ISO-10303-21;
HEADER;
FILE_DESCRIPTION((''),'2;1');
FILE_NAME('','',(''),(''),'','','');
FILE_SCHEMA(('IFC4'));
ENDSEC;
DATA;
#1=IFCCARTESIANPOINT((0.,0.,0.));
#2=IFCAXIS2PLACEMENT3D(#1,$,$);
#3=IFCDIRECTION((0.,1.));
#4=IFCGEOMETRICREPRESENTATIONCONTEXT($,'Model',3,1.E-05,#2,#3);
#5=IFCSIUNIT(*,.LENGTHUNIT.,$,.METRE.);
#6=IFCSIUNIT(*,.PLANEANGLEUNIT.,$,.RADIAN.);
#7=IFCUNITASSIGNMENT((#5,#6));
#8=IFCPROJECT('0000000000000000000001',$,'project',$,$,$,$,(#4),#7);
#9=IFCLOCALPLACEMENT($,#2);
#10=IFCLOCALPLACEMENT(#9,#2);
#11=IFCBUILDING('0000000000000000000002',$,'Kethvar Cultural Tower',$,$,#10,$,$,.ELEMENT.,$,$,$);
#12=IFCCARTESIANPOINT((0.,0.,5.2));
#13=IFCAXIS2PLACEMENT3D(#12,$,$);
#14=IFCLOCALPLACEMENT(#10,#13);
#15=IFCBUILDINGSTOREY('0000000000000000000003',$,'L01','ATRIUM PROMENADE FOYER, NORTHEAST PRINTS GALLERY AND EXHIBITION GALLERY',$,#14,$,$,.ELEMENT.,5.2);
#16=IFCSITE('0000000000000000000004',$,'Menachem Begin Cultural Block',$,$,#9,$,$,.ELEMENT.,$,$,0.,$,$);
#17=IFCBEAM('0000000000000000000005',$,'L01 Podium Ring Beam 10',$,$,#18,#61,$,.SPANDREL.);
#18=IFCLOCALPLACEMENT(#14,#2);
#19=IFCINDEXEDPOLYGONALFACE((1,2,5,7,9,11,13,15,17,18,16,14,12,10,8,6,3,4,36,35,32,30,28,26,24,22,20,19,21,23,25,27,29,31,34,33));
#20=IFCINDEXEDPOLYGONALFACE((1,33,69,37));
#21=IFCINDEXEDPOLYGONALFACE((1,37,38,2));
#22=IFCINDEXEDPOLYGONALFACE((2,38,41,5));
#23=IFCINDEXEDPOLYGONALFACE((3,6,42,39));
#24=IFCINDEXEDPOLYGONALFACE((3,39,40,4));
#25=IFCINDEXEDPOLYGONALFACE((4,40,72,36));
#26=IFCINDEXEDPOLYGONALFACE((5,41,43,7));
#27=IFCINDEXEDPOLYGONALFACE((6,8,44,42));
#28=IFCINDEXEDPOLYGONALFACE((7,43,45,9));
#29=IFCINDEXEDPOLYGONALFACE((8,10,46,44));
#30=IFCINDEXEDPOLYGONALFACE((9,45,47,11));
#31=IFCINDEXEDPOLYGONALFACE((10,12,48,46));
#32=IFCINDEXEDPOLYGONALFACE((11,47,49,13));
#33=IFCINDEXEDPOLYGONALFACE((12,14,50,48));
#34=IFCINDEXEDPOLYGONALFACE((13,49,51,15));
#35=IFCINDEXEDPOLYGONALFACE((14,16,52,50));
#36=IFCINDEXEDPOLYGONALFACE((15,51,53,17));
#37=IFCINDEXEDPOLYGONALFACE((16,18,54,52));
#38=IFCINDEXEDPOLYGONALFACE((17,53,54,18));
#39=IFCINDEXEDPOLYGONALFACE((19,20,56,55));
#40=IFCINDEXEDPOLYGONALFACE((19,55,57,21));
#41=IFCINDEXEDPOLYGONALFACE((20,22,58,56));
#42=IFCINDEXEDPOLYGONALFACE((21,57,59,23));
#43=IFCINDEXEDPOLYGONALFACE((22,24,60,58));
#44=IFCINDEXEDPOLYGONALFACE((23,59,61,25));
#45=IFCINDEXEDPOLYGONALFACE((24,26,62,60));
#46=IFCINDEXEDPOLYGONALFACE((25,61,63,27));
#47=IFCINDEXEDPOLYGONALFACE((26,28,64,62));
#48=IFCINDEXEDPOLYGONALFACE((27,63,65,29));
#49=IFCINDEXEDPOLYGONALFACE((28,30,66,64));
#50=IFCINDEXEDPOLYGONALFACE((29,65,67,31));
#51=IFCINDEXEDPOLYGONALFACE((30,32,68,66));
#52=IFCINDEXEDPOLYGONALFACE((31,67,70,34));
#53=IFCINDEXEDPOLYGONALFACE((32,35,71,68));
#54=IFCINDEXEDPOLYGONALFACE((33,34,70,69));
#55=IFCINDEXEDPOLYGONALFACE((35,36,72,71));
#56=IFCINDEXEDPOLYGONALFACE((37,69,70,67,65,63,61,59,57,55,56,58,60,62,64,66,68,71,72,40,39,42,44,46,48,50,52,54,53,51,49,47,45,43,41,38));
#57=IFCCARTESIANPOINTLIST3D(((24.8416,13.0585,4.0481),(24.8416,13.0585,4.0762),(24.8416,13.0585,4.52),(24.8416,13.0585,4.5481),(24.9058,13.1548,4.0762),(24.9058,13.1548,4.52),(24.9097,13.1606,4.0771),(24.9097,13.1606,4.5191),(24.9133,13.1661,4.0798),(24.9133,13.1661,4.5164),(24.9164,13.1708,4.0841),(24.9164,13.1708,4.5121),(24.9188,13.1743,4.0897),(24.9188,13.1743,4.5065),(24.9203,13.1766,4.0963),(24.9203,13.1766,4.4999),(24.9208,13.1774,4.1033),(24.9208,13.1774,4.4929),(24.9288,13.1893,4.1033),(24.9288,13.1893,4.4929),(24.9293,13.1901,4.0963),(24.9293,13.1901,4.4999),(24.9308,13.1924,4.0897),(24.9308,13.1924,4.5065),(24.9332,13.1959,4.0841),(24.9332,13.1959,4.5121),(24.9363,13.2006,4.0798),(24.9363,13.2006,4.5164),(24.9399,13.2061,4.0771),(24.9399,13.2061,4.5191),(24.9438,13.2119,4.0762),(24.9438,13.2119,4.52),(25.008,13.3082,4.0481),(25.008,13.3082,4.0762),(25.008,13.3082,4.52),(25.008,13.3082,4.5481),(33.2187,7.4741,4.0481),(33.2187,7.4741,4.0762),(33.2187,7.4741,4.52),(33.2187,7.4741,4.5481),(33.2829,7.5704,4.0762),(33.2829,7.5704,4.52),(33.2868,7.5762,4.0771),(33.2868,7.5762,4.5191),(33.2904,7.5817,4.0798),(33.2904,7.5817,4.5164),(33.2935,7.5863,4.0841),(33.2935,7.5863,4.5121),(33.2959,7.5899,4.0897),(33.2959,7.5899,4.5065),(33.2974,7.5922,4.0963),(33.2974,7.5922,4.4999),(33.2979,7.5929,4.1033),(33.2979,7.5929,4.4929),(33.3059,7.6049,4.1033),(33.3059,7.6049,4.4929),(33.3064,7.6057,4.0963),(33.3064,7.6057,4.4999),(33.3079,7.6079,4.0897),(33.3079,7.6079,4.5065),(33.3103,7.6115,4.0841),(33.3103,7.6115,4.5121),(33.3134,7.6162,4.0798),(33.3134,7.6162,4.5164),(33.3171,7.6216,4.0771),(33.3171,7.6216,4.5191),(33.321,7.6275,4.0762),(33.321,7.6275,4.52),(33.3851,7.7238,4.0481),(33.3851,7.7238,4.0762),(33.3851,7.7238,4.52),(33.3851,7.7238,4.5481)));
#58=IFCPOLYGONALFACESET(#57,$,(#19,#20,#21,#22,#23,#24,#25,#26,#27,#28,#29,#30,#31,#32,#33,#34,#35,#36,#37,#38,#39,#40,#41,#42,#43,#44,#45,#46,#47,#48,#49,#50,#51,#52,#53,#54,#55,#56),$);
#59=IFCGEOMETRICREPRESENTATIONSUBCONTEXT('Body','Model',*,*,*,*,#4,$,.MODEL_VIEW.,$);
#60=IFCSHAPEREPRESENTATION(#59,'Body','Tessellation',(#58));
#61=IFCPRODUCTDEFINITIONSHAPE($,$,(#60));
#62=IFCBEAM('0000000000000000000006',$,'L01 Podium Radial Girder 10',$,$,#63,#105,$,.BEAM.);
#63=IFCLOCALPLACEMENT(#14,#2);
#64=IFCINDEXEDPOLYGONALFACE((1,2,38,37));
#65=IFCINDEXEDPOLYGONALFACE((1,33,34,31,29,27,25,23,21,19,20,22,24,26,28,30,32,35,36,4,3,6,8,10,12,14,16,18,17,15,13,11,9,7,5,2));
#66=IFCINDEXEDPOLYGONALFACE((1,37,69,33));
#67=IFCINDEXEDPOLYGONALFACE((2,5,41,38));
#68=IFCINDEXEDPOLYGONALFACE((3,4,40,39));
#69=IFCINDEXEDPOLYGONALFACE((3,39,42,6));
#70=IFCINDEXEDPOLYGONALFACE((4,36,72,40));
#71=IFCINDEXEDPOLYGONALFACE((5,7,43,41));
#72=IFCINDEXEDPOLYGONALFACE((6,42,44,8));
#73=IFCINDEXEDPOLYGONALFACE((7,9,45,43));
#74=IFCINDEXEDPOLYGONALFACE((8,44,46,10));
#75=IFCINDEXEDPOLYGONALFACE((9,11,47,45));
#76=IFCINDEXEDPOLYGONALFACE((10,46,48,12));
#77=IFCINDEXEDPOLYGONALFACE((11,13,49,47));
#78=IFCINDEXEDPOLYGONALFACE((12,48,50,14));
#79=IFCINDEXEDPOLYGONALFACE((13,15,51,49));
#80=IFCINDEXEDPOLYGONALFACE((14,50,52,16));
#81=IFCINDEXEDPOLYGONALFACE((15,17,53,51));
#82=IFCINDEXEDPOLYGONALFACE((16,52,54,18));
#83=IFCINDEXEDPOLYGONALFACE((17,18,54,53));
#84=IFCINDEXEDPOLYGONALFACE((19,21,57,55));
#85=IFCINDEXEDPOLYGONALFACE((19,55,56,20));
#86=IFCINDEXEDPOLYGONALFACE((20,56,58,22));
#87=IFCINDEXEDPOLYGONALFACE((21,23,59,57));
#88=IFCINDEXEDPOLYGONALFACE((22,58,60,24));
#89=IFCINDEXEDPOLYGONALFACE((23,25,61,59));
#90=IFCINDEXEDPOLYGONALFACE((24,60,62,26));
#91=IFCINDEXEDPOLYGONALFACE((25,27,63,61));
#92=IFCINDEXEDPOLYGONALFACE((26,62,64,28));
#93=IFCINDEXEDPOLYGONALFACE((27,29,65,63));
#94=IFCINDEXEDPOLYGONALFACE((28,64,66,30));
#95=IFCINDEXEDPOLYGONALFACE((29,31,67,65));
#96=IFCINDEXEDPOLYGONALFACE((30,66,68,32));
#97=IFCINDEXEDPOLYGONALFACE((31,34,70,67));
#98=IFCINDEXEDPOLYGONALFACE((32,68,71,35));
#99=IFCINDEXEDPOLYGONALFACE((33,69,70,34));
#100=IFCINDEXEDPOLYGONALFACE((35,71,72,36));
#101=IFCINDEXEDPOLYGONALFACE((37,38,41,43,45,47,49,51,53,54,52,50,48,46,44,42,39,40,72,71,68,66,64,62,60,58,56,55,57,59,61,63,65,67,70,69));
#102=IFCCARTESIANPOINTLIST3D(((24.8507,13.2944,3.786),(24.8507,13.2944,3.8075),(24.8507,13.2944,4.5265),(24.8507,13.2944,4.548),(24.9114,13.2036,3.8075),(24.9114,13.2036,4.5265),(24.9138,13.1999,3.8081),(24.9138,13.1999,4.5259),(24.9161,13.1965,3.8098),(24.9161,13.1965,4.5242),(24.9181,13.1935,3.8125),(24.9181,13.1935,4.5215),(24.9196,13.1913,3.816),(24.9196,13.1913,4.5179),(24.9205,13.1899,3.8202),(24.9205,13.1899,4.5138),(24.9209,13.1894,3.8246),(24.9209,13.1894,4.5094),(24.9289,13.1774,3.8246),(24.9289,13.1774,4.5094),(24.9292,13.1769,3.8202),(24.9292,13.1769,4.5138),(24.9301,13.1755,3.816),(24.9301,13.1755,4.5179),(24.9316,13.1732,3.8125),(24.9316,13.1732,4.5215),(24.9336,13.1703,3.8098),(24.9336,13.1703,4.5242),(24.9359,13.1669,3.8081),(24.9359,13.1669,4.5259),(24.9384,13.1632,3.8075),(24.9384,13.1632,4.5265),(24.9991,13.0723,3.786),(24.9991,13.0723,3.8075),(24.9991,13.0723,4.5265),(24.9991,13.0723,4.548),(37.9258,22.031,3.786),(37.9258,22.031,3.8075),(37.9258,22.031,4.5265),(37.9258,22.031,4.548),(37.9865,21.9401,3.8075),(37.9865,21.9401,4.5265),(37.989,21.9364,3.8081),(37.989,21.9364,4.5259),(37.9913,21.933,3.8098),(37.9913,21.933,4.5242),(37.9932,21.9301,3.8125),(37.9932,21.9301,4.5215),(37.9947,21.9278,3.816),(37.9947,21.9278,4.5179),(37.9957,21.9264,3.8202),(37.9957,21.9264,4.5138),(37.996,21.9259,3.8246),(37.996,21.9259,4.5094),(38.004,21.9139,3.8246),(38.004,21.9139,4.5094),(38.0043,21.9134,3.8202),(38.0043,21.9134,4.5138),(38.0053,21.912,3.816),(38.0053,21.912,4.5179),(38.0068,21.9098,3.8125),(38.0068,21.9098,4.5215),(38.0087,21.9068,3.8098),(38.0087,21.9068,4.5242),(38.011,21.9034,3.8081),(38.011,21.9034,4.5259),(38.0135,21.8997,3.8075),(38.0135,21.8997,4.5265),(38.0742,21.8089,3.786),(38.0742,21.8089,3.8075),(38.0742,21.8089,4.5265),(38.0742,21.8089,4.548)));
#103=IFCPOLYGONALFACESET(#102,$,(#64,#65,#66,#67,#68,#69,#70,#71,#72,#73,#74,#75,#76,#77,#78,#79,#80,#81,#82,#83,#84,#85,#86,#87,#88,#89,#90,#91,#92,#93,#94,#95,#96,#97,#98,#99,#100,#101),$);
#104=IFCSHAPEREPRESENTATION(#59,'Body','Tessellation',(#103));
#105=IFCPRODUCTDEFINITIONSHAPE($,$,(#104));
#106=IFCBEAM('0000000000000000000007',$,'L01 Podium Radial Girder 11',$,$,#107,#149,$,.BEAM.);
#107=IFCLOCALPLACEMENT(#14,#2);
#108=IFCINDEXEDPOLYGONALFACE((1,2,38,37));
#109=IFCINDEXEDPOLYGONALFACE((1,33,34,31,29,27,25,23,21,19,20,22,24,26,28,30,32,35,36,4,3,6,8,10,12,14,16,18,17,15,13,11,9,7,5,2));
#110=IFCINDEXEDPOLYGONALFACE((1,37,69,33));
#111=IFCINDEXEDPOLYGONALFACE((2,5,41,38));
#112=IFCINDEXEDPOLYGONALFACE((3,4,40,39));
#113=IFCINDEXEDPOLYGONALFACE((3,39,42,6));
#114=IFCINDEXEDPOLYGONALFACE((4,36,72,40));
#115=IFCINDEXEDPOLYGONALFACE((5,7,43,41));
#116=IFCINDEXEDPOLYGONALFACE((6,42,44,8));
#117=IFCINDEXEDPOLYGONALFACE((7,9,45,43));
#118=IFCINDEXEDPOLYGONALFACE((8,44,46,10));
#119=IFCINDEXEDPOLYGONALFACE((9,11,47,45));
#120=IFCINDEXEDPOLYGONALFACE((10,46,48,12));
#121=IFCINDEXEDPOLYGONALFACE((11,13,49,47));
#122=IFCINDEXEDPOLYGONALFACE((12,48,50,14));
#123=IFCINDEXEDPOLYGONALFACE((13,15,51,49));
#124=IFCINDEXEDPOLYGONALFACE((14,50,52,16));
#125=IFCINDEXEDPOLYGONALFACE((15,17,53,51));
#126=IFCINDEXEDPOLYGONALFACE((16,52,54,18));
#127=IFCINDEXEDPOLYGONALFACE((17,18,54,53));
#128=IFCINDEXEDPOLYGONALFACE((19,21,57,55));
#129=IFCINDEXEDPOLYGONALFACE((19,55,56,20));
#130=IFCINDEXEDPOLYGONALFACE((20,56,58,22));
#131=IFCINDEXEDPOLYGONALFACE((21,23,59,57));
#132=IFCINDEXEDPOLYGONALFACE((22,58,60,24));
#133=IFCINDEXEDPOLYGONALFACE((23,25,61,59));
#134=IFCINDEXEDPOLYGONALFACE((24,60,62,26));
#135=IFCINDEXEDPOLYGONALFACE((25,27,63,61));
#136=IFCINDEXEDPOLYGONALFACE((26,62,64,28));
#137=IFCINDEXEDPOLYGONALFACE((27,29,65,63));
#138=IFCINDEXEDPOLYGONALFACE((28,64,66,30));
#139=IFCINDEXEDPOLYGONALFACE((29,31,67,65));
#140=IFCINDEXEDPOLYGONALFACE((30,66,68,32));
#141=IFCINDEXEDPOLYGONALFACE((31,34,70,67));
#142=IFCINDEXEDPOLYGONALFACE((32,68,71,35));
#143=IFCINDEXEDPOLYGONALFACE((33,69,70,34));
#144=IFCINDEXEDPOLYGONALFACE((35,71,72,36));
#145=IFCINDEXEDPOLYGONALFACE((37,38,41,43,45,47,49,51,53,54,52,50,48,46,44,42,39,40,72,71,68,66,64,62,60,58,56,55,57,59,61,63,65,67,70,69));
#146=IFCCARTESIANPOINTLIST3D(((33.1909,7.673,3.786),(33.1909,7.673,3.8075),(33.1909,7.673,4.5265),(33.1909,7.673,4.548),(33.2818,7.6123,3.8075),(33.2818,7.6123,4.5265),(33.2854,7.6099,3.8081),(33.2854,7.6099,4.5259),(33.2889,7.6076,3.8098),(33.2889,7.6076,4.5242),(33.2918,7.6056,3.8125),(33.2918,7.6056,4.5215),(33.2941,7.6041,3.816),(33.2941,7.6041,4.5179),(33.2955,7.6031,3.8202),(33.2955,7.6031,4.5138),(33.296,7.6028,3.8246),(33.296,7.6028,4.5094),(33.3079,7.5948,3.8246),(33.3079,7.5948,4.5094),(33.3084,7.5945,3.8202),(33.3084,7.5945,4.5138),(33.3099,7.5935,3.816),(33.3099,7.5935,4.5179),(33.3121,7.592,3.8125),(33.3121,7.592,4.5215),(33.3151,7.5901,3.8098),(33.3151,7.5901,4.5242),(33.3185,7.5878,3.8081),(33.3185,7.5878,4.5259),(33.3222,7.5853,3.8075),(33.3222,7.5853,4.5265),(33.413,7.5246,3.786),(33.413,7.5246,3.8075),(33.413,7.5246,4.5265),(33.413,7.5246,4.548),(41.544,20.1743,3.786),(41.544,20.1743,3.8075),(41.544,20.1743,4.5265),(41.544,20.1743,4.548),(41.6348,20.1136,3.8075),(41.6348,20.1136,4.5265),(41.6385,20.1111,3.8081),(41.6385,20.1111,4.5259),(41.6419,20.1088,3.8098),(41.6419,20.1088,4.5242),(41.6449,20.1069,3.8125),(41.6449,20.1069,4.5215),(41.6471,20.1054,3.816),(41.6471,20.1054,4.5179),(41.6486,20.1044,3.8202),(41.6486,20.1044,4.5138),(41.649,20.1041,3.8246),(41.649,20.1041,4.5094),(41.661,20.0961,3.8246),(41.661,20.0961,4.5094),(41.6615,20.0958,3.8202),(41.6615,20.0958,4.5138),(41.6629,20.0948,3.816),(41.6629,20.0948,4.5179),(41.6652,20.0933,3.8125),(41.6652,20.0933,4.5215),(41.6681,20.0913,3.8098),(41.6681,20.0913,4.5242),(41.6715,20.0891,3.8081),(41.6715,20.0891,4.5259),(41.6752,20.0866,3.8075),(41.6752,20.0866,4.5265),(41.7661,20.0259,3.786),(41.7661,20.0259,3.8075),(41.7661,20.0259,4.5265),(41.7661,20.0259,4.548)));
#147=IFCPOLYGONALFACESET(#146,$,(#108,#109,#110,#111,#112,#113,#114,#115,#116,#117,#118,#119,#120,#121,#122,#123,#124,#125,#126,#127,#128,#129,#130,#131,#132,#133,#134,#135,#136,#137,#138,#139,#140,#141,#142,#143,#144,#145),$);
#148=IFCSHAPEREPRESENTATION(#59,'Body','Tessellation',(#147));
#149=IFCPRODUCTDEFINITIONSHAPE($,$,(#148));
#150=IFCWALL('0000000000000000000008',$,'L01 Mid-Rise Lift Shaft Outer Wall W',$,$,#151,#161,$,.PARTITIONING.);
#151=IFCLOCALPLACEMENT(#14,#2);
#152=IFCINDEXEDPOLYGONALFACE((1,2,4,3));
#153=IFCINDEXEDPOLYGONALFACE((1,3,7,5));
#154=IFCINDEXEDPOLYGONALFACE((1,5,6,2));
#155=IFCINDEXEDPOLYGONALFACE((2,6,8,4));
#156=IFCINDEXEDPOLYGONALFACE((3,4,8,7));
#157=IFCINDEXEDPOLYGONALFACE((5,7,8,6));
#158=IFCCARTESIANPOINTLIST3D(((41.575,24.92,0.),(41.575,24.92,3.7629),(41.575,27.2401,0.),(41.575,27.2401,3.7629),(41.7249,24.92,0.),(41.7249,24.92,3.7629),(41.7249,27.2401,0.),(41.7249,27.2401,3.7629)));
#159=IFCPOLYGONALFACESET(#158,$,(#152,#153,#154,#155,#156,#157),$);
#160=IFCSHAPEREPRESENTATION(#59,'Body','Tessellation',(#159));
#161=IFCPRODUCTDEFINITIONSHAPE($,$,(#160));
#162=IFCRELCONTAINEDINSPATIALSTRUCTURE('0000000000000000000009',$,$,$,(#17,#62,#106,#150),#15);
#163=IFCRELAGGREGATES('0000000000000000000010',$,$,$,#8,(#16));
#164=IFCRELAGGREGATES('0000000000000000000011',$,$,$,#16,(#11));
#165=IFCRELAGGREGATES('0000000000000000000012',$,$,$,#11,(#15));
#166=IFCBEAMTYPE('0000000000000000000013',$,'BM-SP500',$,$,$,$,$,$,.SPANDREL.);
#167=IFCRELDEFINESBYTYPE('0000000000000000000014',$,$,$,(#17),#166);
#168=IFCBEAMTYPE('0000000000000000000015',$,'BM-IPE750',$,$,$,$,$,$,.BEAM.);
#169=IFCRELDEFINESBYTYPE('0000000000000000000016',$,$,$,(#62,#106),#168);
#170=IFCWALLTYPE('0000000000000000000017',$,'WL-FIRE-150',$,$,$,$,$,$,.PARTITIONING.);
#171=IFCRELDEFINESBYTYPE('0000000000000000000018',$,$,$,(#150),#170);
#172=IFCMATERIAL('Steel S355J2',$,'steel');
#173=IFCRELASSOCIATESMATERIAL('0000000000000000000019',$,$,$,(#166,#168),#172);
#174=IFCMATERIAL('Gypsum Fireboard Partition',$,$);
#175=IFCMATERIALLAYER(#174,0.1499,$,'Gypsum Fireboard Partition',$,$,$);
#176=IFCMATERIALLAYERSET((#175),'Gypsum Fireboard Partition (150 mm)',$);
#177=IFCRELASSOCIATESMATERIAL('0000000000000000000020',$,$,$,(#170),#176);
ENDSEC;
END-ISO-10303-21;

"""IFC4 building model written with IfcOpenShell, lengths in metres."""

from ifc_helpers import new_model, si_unit, direction, frame, frame_2d, origin, origin_2d, place, context, subcontext, project, spatial, rectangle, i_section, extrude, source, transform, mapped, material, layer, layer_set, material_profile, profile_set, type_object, element, save


model = new_model("IFC4")

# Units and contexts
model_context = context("Model", 3, precision=1e-05, world=origin(), true_north=direction((0.0, 1.0)))
body_context = subcontext(model_context, "Body", "Model", "MODEL_VIEW")
ifc_project = project(units=[si_unit("LENGTHUNIT", "METRE"), si_unit("PLANEANGLEUNIT", "RADIAN")], contexts=[model_context])

# Site, building, storey
site_placement = place(None, origin())
site = spatial("IfcSite", under=ifc_project, at=site_placement, Name="Menachem Begin Cultural Block", CompositionType="ELEMENT", RefElevation=0.0)
building_placement = place(site_placement, origin())
building = spatial("IfcBuilding", under=site, at=building_placement, Name="Kethvar Cultural Tower", CompositionType="ELEMENT")
storey_placement = place(building_placement, frame((0.0, 0.0, 5.2)))
storey = spatial("IfcBuildingStorey", under=building, at=storey_placement, Name="L01", Description="ATRIUM PROMENADE FOYER, NORTHEAST PRINTS GALLERY AND EXHIBITION GALLERY", CompositionType="ELEMENT", Elevation=5.2)

# Beams
ifc_material_1 = material(Name="Steel S355J2", Category="steel")
ifc_material_profile_1 = material_profile(ifc_material_1, i_section(OverallWidth=0.3, OverallDepth=0.5, WebThickness=0.0144, FlangeThickness=0.0281, FilletRadius=0.0271, at=origin_2d()), Name="Steel S355J2 — HEB500")
ifc_profile_set_1 = profile_set([ifc_material_profile_1], Name="Steel S355J2 — HEB500")
beam_type_1 = type_object("IfcBeamType", Name="BM-SP500", PredefinedType="SPANDREL", material=ifc_profile_set_1)
shared_shape_1 = source(origin(), body_context, "Body", "SweptSolid", [
    extrude(i_section(OverallWidth=0.3, OverallDepth=0.5, WebThickness=0.0144, FlangeThickness=0.0281, FilletRadius=0.0271, at=origin_2d()), origin(), (0.0, 0.0, 1.0), 10.0679),
])
beam_1_placement = place(storey_placement, frame((24.9248, 13.1833, 4.2981), z_axis=(0.832065, -0.554678, 0.0), x_axis=(0.554678, 0.832065, 0.0)))
element("IfcBeam", 1, at=beam_1_placement, inside=storey, type_object=beam_type_1, Name="L01 Podium Ring Beam 10", PredefinedType="SPANDREL", context=body_context, shape_type="MappedRepresentation", body=[
    mapped(shared_shape_1, transform((0.0, 0.0, 0.0), scale=1.0)),
])
ifc_material_profile_2 = material_profile(ifc_material_1, i_section(OverallWidth=0.2671, OverallDepth=0.762, WebThickness=0.0144, FlangeThickness=0.0215, FilletRadius=0.0171, at=origin_2d()), Name="Steel S355J2 — IPE750x173")
ifc_profile_set_2 = profile_set([ifc_material_profile_2], Name="Steel S355J2 — IPE750x173")
beam_type_2 = type_object("IfcBeamType", Name="BM-IPE750", PredefinedType="BEAM", material=ifc_profile_set_2)
shared_shape_2 = source(origin(), body_context, "Body", "SweptSolid", [
    extrude(i_section(OverallWidth=0.2671, OverallDepth=0.762, WebThickness=0.0144, FlangeThickness=0.0215, FilletRadius=0.0171, at=origin_2d()), origin(), (0.0, 0.0, 1.0), 15.7253),
])
beam_2_placement = place(storey_placement, frame((38.0, 21.9199, 4.167), z_axis=(-0.831469, -0.55557, 0.0), x_axis=(0.55557, -0.831469, 0.0)))
element("IfcBeam", 2, at=beam_2_placement, inside=storey, type_object=beam_type_2, Name="L01 Podium Radial Girder 10", PredefinedType="BEAM", context=body_context, shape_type="MappedRepresentation", body=[
    mapped(shared_shape_2, transform((0.0, 0.0, 0.0), scale=1.0)),
])
shared_shape_3 = source(origin(), body_context, "Body", "SweptSolid", [
    extrude(i_section(OverallWidth=0.2671, OverallDepth=0.762, WebThickness=0.0144, FlangeThickness=0.0215, FilletRadius=0.0171, at=origin_2d()), origin(), (0.0, 0.0, 1.0), 15.0352),
])
beam_3_placement = place(storey_placement, frame((41.655, 20.1001, 4.167), z_axis=(-0.555569, -0.83147, 0.0), x_axis=(0.83147, -0.555569, 0.0)))
element("IfcBeam", 3, at=beam_3_placement, inside=storey, type_object=beam_type_2, Name="L01 Podium Radial Girder 11", PredefinedType="BEAM", context=body_context, shape_type="MappedRepresentation", body=[
    mapped(shared_shape_3, transform((0.0, 0.0, 0.0), scale=1.0)),
])

# Wall
ifc_material_2 = material(Name="Gypsum Fireboard Partition")
ifc_layer_1 = layer(ifc_material_2, 0.1499, Name="Gypsum Fireboard Partition")
ifc_layer_set_1 = layer_set([ifc_layer_1], Name="Gypsum Fireboard Partition (150 mm)")
wall_type_1 = type_object("IfcWallType", Name="WL-FIRE-150", PredefinedType="PARTITIONING", material=ifc_layer_set_1)
wall_1_placement = place(storey_placement, frame((41.6499, 24.9199, 0.0), z_axis=(0.0, 0.0, 1.0), x_axis=(0.0, 1.0, 0.0)))
element("IfcWall", 4, at=wall_1_placement, inside=storey, type_object=wall_type_1, Name="L01 Mid-Rise Lift Shaft Outer Wall W", PredefinedType="PARTITIONING", context=body_context, shape_type="SweptSolid", body=[
    extrude(rectangle(XDim=2.3201, YDim=0.1499, at=frame_2d((1.1602, 0.0))), origin(), (0.0, 0.0, 1.0), 3.7629),
])

save(model, "model.ifc")
